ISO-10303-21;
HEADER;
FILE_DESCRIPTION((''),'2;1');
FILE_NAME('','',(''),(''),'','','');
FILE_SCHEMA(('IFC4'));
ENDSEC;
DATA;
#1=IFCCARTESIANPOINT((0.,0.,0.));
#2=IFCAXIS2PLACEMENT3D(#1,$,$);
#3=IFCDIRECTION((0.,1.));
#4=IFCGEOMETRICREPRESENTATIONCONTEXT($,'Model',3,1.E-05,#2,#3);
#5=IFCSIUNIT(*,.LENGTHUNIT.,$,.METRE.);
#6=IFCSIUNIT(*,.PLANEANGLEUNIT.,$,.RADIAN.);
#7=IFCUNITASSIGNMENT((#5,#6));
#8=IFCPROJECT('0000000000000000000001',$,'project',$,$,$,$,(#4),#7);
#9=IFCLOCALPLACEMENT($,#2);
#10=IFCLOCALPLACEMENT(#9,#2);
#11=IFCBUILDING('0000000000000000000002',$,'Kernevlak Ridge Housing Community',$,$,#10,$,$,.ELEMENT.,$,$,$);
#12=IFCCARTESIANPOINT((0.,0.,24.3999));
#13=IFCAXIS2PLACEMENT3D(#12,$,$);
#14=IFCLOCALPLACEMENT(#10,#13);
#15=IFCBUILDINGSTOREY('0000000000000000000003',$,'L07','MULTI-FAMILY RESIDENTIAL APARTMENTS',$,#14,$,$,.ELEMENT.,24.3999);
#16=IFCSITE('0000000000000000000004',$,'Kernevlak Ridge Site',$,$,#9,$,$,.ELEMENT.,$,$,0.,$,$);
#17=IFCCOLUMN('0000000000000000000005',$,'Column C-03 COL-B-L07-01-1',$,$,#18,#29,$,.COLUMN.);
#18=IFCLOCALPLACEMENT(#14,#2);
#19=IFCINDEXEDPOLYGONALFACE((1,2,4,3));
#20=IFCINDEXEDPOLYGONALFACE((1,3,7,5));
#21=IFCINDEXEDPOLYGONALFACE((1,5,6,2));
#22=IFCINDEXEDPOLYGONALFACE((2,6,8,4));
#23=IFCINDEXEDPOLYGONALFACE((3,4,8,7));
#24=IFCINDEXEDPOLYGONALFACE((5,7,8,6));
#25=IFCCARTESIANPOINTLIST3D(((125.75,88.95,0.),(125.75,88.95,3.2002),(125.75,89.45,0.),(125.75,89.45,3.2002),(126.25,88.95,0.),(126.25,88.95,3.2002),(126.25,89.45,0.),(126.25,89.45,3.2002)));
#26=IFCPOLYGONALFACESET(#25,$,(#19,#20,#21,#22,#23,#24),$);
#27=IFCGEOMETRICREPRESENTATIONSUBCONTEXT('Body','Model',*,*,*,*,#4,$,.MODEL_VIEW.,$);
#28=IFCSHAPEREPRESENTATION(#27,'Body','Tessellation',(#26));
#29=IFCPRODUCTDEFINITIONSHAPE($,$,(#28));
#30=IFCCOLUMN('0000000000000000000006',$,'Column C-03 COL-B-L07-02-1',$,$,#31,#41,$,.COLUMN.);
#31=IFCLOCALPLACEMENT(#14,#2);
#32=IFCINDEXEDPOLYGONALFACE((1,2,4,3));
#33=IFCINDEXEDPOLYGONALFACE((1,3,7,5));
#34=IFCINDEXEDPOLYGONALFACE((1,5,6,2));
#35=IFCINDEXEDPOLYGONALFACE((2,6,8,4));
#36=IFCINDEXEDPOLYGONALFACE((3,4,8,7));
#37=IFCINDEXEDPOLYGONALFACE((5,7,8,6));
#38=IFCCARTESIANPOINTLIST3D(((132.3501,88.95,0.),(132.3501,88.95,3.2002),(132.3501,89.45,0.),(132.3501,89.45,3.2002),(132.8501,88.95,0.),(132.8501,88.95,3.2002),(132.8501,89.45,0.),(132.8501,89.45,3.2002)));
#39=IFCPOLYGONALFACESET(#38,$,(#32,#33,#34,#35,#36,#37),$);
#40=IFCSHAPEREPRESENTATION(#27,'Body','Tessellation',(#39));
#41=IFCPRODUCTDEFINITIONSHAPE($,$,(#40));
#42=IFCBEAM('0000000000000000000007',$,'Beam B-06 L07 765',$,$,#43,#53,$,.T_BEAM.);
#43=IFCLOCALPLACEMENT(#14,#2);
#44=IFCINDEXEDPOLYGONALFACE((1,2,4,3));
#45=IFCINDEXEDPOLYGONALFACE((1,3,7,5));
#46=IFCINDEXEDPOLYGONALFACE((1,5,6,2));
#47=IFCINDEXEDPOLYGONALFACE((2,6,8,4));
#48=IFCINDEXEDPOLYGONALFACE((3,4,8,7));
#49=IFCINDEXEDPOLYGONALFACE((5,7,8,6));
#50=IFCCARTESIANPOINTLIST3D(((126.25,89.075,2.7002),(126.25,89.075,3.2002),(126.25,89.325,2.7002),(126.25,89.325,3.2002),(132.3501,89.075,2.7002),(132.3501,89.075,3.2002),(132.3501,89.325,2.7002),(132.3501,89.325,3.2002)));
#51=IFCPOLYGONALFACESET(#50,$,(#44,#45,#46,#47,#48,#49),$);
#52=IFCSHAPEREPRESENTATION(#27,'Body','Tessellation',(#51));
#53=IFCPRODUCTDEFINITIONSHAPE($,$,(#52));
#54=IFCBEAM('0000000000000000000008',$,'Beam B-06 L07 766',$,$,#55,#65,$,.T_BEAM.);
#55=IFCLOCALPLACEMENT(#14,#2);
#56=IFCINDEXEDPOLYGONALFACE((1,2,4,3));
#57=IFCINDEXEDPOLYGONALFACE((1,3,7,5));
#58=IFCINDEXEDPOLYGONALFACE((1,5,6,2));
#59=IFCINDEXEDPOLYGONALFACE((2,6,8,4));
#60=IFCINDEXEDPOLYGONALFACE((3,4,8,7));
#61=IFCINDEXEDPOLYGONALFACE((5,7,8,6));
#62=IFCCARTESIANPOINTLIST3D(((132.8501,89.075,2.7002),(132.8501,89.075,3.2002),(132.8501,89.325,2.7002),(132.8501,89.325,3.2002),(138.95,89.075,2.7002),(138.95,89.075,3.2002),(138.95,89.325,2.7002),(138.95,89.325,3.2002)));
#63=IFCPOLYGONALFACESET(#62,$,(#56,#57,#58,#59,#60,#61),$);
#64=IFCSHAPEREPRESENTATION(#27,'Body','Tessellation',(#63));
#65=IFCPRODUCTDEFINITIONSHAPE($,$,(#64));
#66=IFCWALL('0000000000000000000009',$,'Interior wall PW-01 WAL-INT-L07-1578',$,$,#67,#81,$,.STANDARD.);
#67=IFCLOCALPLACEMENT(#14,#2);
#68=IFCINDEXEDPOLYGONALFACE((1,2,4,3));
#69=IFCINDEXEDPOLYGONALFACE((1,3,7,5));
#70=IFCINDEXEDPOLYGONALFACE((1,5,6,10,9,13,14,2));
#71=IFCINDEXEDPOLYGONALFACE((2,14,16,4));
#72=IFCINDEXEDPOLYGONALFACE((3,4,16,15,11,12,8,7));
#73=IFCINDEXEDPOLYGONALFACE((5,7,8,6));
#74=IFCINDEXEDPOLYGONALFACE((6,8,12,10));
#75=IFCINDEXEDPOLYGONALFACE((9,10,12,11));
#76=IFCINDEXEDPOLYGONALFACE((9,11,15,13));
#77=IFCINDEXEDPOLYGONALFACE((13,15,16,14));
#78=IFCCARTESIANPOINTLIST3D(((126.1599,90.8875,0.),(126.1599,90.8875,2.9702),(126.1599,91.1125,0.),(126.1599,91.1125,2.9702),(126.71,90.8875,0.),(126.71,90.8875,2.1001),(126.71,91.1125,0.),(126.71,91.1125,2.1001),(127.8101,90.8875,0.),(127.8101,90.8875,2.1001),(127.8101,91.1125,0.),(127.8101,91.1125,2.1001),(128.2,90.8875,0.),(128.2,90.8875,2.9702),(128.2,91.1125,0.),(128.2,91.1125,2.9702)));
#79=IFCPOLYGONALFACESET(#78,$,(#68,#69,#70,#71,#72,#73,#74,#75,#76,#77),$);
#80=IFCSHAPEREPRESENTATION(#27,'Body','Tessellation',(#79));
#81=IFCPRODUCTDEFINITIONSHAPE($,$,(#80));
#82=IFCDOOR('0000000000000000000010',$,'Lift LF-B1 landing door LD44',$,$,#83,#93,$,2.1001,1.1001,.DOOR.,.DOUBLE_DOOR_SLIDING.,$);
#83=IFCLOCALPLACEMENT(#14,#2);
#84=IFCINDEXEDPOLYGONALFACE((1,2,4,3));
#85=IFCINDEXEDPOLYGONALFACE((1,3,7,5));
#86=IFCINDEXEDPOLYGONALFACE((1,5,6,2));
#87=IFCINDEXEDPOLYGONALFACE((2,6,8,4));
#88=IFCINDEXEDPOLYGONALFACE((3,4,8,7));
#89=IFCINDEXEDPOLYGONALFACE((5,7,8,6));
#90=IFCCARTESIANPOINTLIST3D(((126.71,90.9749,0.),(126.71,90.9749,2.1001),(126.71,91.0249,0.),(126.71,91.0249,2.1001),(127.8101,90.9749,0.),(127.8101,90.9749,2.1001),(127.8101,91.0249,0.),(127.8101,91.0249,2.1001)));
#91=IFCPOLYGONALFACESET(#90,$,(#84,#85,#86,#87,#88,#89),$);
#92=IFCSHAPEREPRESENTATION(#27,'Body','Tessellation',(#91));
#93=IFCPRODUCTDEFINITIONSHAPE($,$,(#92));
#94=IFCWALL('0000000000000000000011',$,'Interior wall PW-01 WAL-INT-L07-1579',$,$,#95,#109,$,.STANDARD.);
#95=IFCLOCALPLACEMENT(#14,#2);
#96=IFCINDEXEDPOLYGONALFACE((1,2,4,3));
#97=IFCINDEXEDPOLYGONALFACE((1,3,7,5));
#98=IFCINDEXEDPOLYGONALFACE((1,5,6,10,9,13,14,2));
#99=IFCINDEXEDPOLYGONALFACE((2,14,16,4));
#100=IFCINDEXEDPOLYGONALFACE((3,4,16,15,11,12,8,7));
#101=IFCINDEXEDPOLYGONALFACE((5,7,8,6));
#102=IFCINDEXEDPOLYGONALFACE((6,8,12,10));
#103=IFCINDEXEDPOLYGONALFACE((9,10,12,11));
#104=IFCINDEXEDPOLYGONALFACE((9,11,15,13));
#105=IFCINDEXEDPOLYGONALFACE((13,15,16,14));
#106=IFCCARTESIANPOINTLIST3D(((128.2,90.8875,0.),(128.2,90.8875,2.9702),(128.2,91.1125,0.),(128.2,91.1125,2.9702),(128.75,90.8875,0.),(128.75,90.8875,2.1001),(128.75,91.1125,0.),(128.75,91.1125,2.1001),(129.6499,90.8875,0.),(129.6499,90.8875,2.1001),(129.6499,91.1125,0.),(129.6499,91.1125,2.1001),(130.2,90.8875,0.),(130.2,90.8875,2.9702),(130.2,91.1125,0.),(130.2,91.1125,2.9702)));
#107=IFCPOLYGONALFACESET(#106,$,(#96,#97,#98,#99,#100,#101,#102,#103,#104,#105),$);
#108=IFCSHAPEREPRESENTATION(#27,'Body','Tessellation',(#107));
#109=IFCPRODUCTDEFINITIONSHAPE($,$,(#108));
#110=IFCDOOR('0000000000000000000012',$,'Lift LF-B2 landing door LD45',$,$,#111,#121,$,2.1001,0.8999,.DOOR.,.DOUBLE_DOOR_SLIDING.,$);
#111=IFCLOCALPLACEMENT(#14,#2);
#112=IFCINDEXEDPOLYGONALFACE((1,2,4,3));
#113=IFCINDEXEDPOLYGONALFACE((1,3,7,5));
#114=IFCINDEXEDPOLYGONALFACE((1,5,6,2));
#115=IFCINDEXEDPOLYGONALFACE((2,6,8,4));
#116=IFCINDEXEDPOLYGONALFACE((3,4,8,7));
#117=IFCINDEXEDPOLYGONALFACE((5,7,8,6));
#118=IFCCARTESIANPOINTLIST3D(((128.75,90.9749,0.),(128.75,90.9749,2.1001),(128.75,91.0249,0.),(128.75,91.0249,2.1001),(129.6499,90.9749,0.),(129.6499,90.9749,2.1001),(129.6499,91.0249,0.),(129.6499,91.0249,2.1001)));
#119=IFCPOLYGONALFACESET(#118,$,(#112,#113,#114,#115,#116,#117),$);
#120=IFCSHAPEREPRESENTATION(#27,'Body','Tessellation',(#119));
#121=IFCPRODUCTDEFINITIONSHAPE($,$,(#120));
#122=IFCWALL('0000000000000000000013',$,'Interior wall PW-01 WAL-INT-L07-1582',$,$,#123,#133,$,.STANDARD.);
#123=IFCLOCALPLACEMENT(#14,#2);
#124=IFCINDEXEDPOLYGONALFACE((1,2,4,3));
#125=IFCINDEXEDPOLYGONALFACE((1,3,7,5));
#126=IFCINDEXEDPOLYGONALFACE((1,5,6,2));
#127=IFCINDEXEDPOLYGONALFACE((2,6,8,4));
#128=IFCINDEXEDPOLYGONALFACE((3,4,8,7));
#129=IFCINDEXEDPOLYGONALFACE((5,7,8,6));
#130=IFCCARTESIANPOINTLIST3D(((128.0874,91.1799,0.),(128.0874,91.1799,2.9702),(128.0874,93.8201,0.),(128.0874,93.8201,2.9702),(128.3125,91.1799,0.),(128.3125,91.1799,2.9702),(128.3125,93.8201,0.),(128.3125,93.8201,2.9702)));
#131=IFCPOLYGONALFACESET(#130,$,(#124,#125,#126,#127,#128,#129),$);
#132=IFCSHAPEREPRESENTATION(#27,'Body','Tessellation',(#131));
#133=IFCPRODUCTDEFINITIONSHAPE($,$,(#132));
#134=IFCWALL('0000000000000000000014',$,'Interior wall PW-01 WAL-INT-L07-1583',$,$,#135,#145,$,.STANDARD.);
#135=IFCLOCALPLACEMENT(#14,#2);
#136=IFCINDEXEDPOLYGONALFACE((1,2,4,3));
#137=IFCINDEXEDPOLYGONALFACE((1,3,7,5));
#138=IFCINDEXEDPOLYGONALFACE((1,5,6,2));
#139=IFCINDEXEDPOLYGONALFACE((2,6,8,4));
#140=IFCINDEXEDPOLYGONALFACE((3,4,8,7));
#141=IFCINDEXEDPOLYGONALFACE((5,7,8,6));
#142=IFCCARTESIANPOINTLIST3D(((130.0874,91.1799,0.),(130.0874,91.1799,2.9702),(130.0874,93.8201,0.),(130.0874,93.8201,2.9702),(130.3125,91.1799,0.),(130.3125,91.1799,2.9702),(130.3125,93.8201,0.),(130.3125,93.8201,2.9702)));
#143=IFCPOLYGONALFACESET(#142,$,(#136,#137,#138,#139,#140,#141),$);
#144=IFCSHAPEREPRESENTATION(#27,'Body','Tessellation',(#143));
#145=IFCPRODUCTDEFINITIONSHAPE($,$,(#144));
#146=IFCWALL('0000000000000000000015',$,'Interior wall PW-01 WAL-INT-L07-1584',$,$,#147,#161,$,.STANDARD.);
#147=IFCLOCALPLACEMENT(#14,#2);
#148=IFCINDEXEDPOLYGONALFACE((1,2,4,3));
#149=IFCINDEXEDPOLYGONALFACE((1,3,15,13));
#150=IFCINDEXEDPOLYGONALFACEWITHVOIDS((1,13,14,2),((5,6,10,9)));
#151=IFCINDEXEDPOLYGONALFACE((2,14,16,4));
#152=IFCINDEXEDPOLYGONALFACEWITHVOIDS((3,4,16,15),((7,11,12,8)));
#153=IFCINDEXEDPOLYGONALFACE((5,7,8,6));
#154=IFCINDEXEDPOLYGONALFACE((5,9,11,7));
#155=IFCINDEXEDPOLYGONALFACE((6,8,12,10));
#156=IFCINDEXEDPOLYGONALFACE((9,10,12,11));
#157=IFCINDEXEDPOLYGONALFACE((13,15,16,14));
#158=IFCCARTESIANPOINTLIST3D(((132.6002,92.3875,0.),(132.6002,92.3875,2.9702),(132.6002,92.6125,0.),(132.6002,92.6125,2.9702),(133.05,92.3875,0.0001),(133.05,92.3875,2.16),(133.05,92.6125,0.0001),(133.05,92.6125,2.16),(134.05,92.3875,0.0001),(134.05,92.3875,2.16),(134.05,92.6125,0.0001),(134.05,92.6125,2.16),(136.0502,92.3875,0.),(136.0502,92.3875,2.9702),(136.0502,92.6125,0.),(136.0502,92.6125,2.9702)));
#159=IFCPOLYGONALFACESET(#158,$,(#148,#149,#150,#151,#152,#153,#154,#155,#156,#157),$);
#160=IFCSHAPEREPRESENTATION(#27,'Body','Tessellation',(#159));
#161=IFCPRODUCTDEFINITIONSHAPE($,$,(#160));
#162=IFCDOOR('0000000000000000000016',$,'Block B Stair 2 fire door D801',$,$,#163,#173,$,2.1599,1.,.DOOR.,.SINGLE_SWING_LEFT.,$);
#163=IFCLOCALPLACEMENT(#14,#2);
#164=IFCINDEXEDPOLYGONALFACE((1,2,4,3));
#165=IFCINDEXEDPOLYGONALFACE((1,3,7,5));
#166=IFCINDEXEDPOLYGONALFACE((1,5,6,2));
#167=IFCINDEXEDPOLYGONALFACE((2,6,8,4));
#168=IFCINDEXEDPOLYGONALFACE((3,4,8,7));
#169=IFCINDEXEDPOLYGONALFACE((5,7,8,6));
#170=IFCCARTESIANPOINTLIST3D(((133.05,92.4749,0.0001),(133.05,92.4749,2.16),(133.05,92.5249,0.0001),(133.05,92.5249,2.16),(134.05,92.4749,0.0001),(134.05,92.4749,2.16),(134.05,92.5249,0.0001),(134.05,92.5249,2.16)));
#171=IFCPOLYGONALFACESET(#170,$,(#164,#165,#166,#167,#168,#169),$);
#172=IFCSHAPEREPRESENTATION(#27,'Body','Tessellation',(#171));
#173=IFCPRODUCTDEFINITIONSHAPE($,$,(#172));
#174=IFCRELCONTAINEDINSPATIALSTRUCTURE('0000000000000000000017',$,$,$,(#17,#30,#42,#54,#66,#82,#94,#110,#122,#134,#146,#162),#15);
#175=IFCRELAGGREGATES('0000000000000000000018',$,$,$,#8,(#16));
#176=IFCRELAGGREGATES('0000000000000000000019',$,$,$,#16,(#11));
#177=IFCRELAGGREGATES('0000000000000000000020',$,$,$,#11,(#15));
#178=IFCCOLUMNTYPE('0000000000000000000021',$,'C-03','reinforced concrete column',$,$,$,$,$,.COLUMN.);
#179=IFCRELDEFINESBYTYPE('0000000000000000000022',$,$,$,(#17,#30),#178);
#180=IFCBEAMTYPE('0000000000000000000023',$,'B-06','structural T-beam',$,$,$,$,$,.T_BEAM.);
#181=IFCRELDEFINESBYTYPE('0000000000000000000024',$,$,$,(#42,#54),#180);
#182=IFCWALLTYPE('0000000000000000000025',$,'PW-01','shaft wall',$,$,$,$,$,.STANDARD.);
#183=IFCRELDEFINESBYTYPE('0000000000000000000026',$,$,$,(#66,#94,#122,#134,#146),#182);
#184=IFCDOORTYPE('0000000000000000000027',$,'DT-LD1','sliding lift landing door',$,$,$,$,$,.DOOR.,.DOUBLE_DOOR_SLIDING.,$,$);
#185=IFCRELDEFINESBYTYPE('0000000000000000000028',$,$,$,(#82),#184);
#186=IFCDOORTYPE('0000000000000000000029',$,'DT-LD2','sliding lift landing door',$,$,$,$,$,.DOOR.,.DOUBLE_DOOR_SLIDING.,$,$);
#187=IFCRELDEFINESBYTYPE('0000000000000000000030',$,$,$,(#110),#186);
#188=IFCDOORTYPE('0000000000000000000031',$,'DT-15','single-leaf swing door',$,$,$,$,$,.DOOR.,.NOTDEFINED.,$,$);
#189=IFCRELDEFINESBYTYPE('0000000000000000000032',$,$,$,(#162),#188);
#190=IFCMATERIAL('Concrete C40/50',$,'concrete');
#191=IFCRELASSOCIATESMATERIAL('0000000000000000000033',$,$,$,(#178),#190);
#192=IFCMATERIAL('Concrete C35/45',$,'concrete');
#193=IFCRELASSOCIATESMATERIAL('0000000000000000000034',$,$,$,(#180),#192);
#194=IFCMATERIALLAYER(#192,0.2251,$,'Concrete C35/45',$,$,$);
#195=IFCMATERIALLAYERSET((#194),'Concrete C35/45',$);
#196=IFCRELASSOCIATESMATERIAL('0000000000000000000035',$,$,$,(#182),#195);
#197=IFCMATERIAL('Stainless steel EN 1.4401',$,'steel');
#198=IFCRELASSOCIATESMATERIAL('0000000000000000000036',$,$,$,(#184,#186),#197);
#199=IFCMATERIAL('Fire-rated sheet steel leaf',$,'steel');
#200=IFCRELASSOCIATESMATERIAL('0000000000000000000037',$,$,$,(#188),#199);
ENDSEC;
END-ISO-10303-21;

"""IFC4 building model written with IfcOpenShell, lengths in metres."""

from ifc_helpers import new_model, si_unit, direction, frame, frame_2d, origin, origin_2d, place, context, subcontext, project, spatial, rectangle, extrude, material, layer, layer_set, material_profile, profile_set, type_object, element, fill, save


model = new_model("IFC4")

# Units and contexts
model_context = context("Model", 3, precision=1e-05, world=origin(), true_north=direction((0.0, 1.0)))
body_context = subcontext(model_context, "Body", "Model", "MODEL_VIEW")
ifc_project = project(units=[si_unit("LENGTHUNIT", "METRE"), si_unit("PLANEANGLEUNIT", "RADIAN")], contexts=[model_context])

# Site, building, storey
site_placement = place(None, origin())
site = spatial("IfcSite", under=ifc_project, at=site_placement, Name="Kernevlak Ridge Site", CompositionType="ELEMENT", RefElevation=0.0)
building_placement = place(site_placement, origin())
building = spatial("IfcBuilding", under=site, at=building_placement, Name="Kernevlak Ridge Housing Community", CompositionType="ELEMENT")
storey_placement = place(building_placement, frame((0.0, 0.0, 24.3999)))
storey = spatial("IfcBuildingStorey", under=building, at=storey_placement, Name="L07", Description="MULTI-FAMILY RESIDENTIAL APARTMENTS", CompositionType="ELEMENT", Elevation=24.3999)

# Columns
ifc_material_1 = material(Name="Concrete C40/50", Category="concrete")
ifc_material_profile_1 = material_profile(ifc_material_1, rectangle(XDim=0.5, YDim=0.5, at=origin_2d()), Name="RC 500x500")
ifc_profile_set_1 = profile_set([ifc_material_profile_1], Name="Concrete C40/50")
column_type = type_object("IfcColumnType", Name="C-03", Description="reinforced concrete column", PredefinedType="COLUMN", material=ifc_profile_set_1)
for number, where, z_axis, x_axis, name in (
    (1, (126.0, 89.2, 0.0), (0.0, 0.0, 1.0), (1.0, 0.0, 0.0), "Column C-03 COL-B-L07-01-1"),
    (2, (132.6001, 89.2, 0.0), (0.0, 0.0, 1.0), (1.0, 0.0, 0.0), "Column C-03 COL-B-L07-02-1"),
):
    element("IfcColumn", number, at=place(storey_placement, frame(where, z_axis=z_axis, x_axis=x_axis)), inside=storey, type_object=column_type, Name=name, PredefinedType="COLUMN", context=body_context, shape_type="SweptSolid", body=[
        extrude(rectangle(XDim=0.5, YDim=0.5, at=origin_2d()), origin(), (0.0, 0.0, 1.0), 3.2002),
    ])

# Beams
ifc_material_2 = material(Name="Concrete C35/45", Category="concrete")
ifc_material_profile_2 = material_profile(ifc_material_2, rectangle(XDim=0.25, YDim=0.5, at=origin_2d()), Name="RC 250x500")
ifc_profile_set_2 = profile_set([ifc_material_profile_2], Name="Concrete C35/45")
beam_type = type_object("IfcBeamType", Name="B-06", Description="structural T-beam", PredefinedType="T_BEAM", material=ifc_profile_set_2)
beam_1_placement = place(storey_placement, frame((126.25, 89.2, 2.9502), z_axis=(1.0, 0.0, 0.0), x_axis=(0.0, 1.0, 0.0)))
element("IfcBeam", 3, at=beam_1_placement, inside=storey, type_object=beam_type, Name="Beam B-06 L07 765", PredefinedType="T_BEAM", context=body_context, shape_type="SweptSolid", body=[
    extrude(rectangle(XDim=0.25, YDim=0.5, at=origin_2d()), origin(), (0.0, 0.0, 1.0), 6.1001),
])
beam_2_placement = place(storey_placement, frame((132.8501, 89.2, 2.9502), z_axis=(1.0, 0.0, 0.0), x_axis=(0.0, 1.0, 0.0)))
element("IfcBeam", 4, at=beam_2_placement, inside=storey, type_object=beam_type, Name="Beam B-06 L07 766", PredefinedType="T_BEAM", context=body_context, shape_type="SweptSolid", body=[
    extrude(rectangle(XDim=0.25, YDim=0.5, at=origin_2d()), origin(), (0.0, 0.0, 1.0), 6.0999),
])

# Walls, openings, doors
ifc_layer_1 = layer(ifc_material_2, 0.2251, Name="Concrete C35/45")
ifc_layer_set_1 = layer_set([ifc_layer_1], Name="Concrete C35/45")
wall_type_1 = type_object("IfcWallType", Name="PW-01", Description="shaft wall", PredefinedType="STANDARD", material=ifc_layer_set_1)
wall_1_placement = place(storey_placement, frame((126.1599, 91.0, 0.0), z_axis=(0.0, 0.0, 1.0), x_axis=(1.0, 0.0, 0.0)))
wall_1 = element("IfcWall", 5, at=wall_1_placement, inside=storey, type_object=wall_type_1, Name="Interior wall PW-01 WAL-INT-L07-1578", PredefinedType="STANDARD", context=body_context, shape_type="SweptSolid", body=[
    extrude(rectangle(XDim=2.04, YDim=0.2251, at=frame_2d((1.02, 0.0))), origin(), (0.0, 0.0, 1.0), 2.9702),
])
opening_1_placement = place(wall_1_placement, frame((0.55, 0.0, 0.0)))
opening_1 = element("IfcOpeningElement", 6, at=opening_1_placement, cuts=wall_1, PredefinedType="OPENING", context=body_context, shape_type="SweptSolid", body=[
    extrude(rectangle(XDim=1.1001, YDim=2.1001, at=frame_2d((0.55, 1.05))), frame((0.0, 0.1226, 0.0), z_axis=(0.0, -1.0, 0.0), x_axis=(1.0, 0.0, 0.0)), (0.0, 0.0, 1.0), 0.2451),
])
ifc_material_3 = material(Name="Stainless steel EN 1.4401", Category="steel")
door_type_1 = type_object("IfcDoorType", Name="DT-LD1", Description="sliding lift landing door", OperationType="DOUBLE_DOOR_SLIDING", PredefinedType="DOOR", material=ifc_material_3)
door_1_placement = place(opening_1_placement, origin())
door_1 = element("IfcDoor", 7, at=door_1_placement, inside=storey, type_object=door_type_1, Name="Lift LF-B1 landing door LD44", OperationType="DOUBLE_DOOR_SLIDING", OverallHeight=2.1001, OverallWidth=1.1001, PredefinedType="DOOR", context=body_context, shape_type="SweptSolid", body=[
    extrude(rectangle(XDim=1.1001, YDim=2.1001, at=frame_2d((0.55, 1.05))), frame((0.0, 0.0249, 0.0), z_axis=(0.0, -1.0, 0.0), x_axis=(1.0, 0.0, 0.0)), (0.0, 0.0, 1.0), 0.05),
])
fill(opening_1, door_1)
wall_2_placement = place(storey_placement, frame((128.2, 91.0, 0.0), z_axis=(0.0, 0.0, 1.0), x_axis=(1.0, 0.0, 0.0)))
wall_2 = element("IfcWall", 8, at=wall_2_placement, inside=storey, type_object=wall_type_1, Name="Interior wall PW-01 WAL-INT-L07-1579", PredefinedType="STANDARD", context=body_context, shape_type="SweptSolid", body=[
    extrude(rectangle(XDim=2.0, YDim=0.2251, at=frame_2d((1.0, 0.0))), origin(), (0.0, 0.0, 1.0), 2.9702),
])
opening_2_placement = place(wall_2_placement, frame((0.55, 0.0, 0.0)))
opening_2 = element("IfcOpeningElement", 9, at=opening_2_placement, cuts=wall_2, PredefinedType="OPENING", context=body_context, shape_type="SweptSolid", body=[
    extrude(rectangle(XDim=0.8999, YDim=2.1001, at=frame_2d((0.45, 1.05))), frame((0.0, 0.1226, 0.0), z_axis=(0.0, -1.0, 0.0), x_axis=(1.0, 0.0, 0.0)), (0.0, 0.0, 1.0), 0.2451),
])
door_type_2 = type_object("IfcDoorType", Name="DT-LD2", Description="sliding lift landing door", OperationType="DOUBLE_DOOR_SLIDING", PredefinedType="DOOR", material=ifc_material_3)
door_2_placement = place(opening_2_placement, origin())
door_2 = element("IfcDoor", 10, at=door_2_placement, inside=storey, type_object=door_type_2, Name="Lift LF-B2 landing door LD45", OperationType="DOUBLE_DOOR_SLIDING", OverallHeight=2.1001, OverallWidth=0.8999, PredefinedType="DOOR", context=body_context, shape_type="SweptSolid", body=[
    extrude(rectangle(XDim=0.8999, YDim=2.1001, at=frame_2d((0.45, 1.05))), frame((0.0, 0.0249, 0.0), z_axis=(0.0, -1.0, 0.0), x_axis=(1.0, 0.0, 0.0)), (0.0, 0.0, 1.0), 0.05),
])
fill(opening_2, door_2)

# Walls
for number, where, z_axis, x_axis, name in (
    (11, (128.2, 91.1799, 0.0), (0.0, 0.0, 1.0), (0.0, 1.0, 0.0), "Interior wall PW-01 WAL-INT-L07-1582"),
    (12, (130.2, 91.1799, 0.0), (0.0, 0.0, 1.0), (0.0, 1.0, 0.0), "Interior wall PW-01 WAL-INT-L07-1583"),
):
    element("IfcWall", number, at=place(storey_placement, frame(where, z_axis=z_axis, x_axis=x_axis)), inside=storey, type_object=wall_type_1, Name=name, PredefinedType="STANDARD", context=body_context, shape_type="SweptSolid", body=[
        extrude(rectangle(XDim=2.6401, YDim=0.2251, at=frame_2d((1.3201, 0.0))), origin(), (0.0, 0.0, 1.0), 2.9702),
    ])

# Wall, opening, door
wall_3_placement = place(storey_placement, frame((132.6001, 92.5, 0.0), z_axis=(0.0, 0.0, 1.0), x_axis=(1.0, 0.0, 0.0)))
wall_3 = element("IfcWall", 13, at=wall_3_placement, inside=storey, type_object=wall_type_1, Name="Interior wall PW-01 WAL-INT-L07-1584", PredefinedType="STANDARD", context=body_context, shape_type="SweptSolid", body=[
    extrude(rectangle(XDim=3.45, YDim=0.2251, at=frame_2d((1.7251, 0.0))), origin(), (0.0, 0.0, 1.0), 2.9702),
])
opening_3_placement = place(wall_3_placement, frame((0.45, 0.0, 0.0)))
opening_3 = element("IfcOpeningElement", 14, at=opening_3_placement, cuts=wall_3, PredefinedType="OPENING", context=body_context, shape_type="SweptSolid", body=[
    extrude(rectangle(XDim=1.0, YDim=2.1599, at=frame_2d((0.5, 1.0801))), frame((0.0, 0.1226, 0.0), z_axis=(0.0, -1.0, 0.0), x_axis=(1.0, 0.0, 0.0)), (0.0, 0.0, 1.0), 0.2451),
])
ifc_material_4 = material(Name="Fire-rated sheet steel leaf", Category="steel")
door_type_3 = type_object("IfcDoorType", Name="DT-15", Description="single-leaf swing door", OperationType="NOTDEFINED", PredefinedType="DOOR", material=ifc_material_4)
door_3_placement = place(opening_3_placement, origin())
door_3 = element("IfcDoor", 15, at=door_3_placement, inside=storey, type_object=door_type_3, Name="Block B Stair 2 fire door D801", OperationType="SINGLE_SWING_LEFT", OverallHeight=2.1599, OverallWidth=1.0, PredefinedType="DOOR", context=body_context, shape_type="SweptSolid", body=[
    extrude(rectangle(XDim=1.0, YDim=2.1599, at=frame_2d((0.5, 1.0801))), frame((0.0, 0.0249, 0.0), z_axis=(0.0, -1.0, 0.0), x_axis=(1.0, 0.0, 0.0)), (0.0, 0.0, 1.0), 0.05),
])
fill(opening_3, door_3)

save(model, "model.ifc")
